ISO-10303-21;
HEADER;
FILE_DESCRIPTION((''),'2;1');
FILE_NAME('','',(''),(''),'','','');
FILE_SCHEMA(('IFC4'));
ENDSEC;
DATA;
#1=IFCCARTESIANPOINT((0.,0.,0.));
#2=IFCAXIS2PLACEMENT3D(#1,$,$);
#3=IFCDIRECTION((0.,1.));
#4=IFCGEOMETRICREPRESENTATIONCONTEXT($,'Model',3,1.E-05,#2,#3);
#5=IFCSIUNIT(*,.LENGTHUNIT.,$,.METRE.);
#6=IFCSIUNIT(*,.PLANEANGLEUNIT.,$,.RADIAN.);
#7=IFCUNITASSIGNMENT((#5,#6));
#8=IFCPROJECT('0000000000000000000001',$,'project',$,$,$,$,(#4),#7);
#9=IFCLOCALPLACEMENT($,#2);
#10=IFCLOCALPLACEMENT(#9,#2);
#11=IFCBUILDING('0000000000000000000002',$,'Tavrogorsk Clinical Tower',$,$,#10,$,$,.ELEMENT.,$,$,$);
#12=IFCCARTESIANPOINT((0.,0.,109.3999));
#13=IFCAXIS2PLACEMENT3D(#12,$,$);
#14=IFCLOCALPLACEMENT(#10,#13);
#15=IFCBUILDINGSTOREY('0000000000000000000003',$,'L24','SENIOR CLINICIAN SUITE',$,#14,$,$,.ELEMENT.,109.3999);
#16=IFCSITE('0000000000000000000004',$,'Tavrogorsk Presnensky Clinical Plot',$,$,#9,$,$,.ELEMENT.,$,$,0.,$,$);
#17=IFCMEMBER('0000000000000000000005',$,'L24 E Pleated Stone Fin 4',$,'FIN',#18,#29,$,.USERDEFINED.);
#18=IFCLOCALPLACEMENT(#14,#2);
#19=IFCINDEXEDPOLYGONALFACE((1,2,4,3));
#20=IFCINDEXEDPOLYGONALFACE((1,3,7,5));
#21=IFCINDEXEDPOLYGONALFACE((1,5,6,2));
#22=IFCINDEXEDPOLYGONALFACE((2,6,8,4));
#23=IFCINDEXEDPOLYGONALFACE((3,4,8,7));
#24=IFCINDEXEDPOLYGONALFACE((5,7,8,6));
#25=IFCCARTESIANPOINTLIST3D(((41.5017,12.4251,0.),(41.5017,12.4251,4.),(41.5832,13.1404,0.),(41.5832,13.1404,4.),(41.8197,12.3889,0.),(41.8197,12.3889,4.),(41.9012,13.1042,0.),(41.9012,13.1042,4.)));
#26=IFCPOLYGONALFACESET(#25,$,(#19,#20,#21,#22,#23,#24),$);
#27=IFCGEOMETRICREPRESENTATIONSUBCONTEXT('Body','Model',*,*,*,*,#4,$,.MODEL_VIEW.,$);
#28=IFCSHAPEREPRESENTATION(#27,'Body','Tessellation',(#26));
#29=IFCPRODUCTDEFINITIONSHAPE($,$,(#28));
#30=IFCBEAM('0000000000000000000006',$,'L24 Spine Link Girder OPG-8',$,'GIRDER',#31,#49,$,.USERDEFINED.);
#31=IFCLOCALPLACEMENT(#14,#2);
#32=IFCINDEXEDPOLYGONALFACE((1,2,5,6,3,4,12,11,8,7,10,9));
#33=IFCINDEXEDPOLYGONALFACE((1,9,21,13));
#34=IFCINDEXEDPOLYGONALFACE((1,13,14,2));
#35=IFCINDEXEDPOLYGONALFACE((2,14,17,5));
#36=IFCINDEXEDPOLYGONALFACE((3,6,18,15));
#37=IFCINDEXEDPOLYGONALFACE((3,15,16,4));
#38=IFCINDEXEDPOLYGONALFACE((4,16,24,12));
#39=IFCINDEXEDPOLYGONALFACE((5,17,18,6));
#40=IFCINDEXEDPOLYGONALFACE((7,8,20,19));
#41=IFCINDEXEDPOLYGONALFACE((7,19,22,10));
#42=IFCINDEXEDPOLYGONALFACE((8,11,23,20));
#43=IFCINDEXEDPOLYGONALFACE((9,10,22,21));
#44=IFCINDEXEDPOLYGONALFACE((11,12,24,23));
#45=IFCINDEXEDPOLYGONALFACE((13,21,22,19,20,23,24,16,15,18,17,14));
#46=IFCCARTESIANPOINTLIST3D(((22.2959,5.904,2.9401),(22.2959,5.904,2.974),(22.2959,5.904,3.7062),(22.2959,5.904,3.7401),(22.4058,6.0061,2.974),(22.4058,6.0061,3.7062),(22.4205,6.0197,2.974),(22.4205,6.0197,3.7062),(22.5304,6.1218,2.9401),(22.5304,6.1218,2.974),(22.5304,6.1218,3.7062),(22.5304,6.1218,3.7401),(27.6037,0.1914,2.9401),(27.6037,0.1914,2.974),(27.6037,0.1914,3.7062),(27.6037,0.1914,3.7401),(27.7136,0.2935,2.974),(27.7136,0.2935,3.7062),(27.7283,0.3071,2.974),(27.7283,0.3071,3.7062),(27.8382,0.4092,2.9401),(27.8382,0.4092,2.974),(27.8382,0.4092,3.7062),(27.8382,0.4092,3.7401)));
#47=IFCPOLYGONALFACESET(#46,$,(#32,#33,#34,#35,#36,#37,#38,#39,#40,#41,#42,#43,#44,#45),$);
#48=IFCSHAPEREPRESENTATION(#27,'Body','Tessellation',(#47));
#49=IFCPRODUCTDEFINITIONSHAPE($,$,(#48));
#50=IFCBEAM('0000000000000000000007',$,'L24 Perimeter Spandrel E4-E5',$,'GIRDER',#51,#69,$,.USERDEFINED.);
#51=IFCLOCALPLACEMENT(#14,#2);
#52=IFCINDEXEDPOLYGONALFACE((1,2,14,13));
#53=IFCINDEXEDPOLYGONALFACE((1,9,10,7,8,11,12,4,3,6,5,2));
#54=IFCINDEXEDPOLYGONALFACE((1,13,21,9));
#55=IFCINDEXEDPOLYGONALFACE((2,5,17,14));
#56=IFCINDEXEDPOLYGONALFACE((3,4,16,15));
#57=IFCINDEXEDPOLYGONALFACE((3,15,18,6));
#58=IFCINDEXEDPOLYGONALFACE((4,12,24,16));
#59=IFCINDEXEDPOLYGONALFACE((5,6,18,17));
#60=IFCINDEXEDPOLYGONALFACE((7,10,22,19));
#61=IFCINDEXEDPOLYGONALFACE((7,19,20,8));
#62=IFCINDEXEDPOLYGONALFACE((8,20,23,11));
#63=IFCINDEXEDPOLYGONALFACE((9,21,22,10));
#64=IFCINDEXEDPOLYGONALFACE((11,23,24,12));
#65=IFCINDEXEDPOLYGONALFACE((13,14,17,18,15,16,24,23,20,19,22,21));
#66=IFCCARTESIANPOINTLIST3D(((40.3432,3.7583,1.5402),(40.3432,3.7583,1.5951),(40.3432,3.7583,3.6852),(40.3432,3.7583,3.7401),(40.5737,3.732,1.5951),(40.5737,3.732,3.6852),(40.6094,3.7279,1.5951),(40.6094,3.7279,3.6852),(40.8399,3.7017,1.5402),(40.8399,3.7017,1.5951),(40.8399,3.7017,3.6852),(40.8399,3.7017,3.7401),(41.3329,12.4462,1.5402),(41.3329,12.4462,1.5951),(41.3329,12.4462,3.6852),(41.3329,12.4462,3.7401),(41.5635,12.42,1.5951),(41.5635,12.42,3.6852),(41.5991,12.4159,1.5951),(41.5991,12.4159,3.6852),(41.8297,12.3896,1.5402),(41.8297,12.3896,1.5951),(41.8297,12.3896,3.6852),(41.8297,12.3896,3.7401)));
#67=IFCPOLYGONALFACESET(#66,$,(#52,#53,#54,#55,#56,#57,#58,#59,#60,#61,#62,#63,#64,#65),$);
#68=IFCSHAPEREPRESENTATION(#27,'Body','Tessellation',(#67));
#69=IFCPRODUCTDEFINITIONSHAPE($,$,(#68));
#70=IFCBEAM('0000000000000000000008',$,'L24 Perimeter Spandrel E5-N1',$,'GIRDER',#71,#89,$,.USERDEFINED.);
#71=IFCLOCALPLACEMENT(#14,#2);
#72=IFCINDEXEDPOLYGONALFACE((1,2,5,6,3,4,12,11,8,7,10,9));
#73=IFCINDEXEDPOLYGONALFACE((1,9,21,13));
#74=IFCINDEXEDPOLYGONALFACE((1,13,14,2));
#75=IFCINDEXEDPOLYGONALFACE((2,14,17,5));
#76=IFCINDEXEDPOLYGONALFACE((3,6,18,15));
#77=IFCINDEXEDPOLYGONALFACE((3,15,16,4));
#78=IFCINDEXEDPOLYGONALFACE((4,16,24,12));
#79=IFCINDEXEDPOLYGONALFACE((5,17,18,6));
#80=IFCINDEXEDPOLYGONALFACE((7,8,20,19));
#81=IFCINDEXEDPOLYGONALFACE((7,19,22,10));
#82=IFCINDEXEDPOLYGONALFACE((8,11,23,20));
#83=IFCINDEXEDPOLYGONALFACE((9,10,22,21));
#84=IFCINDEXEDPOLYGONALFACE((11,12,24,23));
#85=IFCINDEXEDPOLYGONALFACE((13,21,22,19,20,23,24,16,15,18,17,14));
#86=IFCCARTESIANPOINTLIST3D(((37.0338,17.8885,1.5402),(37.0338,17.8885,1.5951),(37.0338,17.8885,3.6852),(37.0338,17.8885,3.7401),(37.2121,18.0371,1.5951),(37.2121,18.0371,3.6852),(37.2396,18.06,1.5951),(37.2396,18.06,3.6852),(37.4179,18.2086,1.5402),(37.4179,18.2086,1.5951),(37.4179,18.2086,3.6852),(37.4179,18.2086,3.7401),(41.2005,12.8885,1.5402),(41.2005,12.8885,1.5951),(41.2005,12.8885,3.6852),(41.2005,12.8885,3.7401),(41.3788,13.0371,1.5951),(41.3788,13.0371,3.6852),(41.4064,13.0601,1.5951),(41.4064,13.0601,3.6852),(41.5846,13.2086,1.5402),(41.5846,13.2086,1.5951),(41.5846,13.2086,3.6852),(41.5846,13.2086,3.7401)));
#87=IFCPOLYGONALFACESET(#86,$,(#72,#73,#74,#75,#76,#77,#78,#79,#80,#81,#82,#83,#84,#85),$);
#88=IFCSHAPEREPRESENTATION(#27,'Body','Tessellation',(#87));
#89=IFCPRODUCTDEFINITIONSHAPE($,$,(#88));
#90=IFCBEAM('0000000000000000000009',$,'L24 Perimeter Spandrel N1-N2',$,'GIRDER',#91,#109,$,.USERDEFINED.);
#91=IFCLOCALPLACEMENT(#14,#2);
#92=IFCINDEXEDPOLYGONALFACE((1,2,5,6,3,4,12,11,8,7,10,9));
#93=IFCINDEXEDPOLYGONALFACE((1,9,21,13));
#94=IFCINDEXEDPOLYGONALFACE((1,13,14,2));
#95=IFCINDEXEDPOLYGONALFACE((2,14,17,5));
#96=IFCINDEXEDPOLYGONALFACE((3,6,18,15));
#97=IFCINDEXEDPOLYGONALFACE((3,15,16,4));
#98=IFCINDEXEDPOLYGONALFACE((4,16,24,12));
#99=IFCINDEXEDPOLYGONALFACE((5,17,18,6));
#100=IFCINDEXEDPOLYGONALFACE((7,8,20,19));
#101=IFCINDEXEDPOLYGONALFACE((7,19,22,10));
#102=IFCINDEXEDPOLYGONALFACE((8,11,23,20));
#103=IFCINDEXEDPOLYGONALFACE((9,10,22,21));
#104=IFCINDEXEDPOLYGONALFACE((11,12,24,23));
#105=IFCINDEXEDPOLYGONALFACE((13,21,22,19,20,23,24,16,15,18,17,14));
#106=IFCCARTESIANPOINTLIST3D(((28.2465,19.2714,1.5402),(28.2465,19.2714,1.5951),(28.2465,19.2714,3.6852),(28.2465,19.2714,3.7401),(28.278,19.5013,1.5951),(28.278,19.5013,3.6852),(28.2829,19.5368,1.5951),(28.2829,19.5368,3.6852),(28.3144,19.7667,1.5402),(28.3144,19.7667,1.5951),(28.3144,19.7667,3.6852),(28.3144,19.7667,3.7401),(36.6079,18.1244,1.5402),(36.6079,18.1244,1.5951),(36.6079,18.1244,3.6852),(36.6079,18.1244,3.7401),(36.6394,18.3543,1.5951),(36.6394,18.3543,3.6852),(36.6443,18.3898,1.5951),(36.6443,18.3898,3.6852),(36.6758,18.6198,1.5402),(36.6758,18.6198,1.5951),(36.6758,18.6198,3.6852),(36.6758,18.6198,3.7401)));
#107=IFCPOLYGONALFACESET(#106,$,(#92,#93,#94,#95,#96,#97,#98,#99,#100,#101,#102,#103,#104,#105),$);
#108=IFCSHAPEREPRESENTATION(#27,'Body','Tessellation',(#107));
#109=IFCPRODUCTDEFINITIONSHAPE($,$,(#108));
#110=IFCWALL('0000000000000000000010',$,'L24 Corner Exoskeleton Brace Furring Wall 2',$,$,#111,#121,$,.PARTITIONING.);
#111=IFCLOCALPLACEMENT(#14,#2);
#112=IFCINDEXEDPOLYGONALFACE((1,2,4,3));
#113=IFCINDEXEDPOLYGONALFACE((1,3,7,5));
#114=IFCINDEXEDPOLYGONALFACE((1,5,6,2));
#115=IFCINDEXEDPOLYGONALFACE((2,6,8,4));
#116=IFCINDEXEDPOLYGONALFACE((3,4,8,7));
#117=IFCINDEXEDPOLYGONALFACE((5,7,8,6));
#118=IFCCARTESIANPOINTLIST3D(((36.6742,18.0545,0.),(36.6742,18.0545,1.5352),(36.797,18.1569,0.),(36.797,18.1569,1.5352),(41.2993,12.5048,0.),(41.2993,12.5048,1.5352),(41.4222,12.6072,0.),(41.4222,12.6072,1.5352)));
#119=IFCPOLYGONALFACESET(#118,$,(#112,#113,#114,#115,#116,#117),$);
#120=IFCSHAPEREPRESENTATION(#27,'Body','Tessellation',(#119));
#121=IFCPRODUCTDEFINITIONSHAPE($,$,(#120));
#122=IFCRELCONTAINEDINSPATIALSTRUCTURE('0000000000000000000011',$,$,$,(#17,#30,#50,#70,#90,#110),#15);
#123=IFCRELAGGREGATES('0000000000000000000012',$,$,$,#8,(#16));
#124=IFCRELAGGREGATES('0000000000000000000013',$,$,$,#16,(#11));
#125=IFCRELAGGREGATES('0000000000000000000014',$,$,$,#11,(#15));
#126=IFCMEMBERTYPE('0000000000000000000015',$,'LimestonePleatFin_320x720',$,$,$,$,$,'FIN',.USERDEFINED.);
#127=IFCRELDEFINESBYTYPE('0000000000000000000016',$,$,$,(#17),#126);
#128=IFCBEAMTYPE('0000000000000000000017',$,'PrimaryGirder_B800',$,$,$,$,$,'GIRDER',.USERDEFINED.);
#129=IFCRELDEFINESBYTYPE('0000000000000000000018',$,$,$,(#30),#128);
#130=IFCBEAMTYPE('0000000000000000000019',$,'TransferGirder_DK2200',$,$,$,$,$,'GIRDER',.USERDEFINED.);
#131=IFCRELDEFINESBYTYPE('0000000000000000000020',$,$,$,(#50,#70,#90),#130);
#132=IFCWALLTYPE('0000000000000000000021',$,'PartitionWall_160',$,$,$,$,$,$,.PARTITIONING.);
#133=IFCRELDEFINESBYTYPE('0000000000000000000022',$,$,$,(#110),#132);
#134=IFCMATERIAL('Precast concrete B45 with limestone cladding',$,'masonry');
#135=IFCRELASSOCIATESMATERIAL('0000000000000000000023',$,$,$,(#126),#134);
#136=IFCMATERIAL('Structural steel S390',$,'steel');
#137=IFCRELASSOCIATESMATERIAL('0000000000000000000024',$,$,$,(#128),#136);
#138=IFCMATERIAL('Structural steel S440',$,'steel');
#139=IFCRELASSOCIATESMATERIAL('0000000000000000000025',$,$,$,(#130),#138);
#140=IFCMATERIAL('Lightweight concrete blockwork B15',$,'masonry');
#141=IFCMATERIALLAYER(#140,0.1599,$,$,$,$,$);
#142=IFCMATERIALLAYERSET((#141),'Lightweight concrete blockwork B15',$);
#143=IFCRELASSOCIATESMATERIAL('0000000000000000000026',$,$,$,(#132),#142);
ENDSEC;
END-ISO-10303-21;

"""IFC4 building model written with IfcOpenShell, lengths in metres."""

from ifc_helpers import new_model, si_unit, direction, frame, frame_2d, origin, origin_2d, place, context, subcontext, project, spatial, rectangle, i_section, extrude, material, layer, layer_set, material_profile, profile_set, type_object, element, save


model = new_model("IFC4")

# Units and contexts
model_context = context("Model", 3, precision=1e-05, world=origin(), true_north=direction((0.0, 1.0)))
body_context = subcontext(model_context, "Body", "Model", "MODEL_VIEW")
ifc_project = project(units=[si_unit("LENGTHUNIT", "METRE"), si_unit("PLANEANGLEUNIT", "RADIAN")], contexts=[model_context])

# Site, building, storey
site_placement = place(None, origin())
site = spatial("IfcSite", under=ifc_project, at=site_placement, Name="Tavrogorsk Presnensky Clinical Plot", CompositionType="ELEMENT", RefElevation=0.0)
building_placement = place(site_placement, origin())
building = spatial("IfcBuilding", under=site, at=building_placement, Name="Tavrogorsk Clinical Tower", CompositionType="ELEMENT")
storey_placement = place(building_placement, frame((0.0, 0.0, 109.3999)))
storey = spatial("IfcBuildingStorey", under=building, at=storey_placement, Name="L24", Description="SENIOR CLINICIAN SUITE", CompositionType="ELEMENT", Elevation=109.3999)

# Member
ifc_material_1 = material(Name="Precast concrete B45 with limestone cladding", Category="masonry")
ifc_material_profile_1 = material_profile(ifc_material_1, rectangle(XDim=0.3201, YDim=0.72, at=origin_2d()), Name="LIMESTONE-FIN-320x720")
ifc_profile_set_1 = profile_set([ifc_material_profile_1], Name="Precast concrete B45 with limestone cladding")
member_type_1 = type_object("IfcMemberType", Name="LimestonePleatFin_320x720", ElementType="FIN", PredefinedType="USERDEFINED", material=ifc_profile_set_1)
for number, where, z_axis, x_axis, name in (
    (1, (41.7014, 12.7646, 0.0), (0.0, 0.0, 1.0), (0.993572, -0.113203, 0.0), "L24 E Pleated Stone Fin 4"),
):
    element("IfcMember", number, at=place(storey_placement, frame(where, z_axis=z_axis, x_axis=x_axis)), inside=storey, type_object=member_type_1, Name=name, ObjectType="FIN", PredefinedType="USERDEFINED", context=body_context, shape_type="SweptSolid", body=[
        extrude(rectangle(XDim=0.3201, YDim=0.72, at=origin_2d()), origin(), (0.0, 0.0, 1.0), 4.0),
    ])

# Beams
ifc_material_2 = material(Name="Structural steel S390", Category="steel")
ifc_material_profile_2 = material_profile(ifc_material_2, i_section(OverallWidth=0.3201, OverallDepth=0.8, WebThickness=0.02, FlangeThickness=0.0339, at=origin_2d()), Name="B-800x320x20x34")
ifc_profile_set_2 = profile_set([ifc_material_profile_2], Name="Structural steel S390")
beam_type_1 = type_object("IfcBeamType", Name="PrimaryGirder_B800", ElementType="GIRDER", PredefinedType="USERDEFINED", material=ifc_profile_set_2)
beam_1_placement = place(storey_placement, frame((27.7209, 0.3003, 3.3401), z_axis=(-0.680676, 0.732585, 0.0), x_axis=(-0.732585, -0.680676, 0.0)))
element("IfcBeam", 2, at=beam_1_placement, inside=storey, type_object=beam_type_1, Name="L24 Spine Link Girder OPG-8", ObjectType="GIRDER", PredefinedType="USERDEFINED", context=body_context, shape_type="SweptSolid", body=[
    extrude(i_section(OverallWidth=0.3201, OverallDepth=0.8, WebThickness=0.02, FlangeThickness=0.0339, at=origin_2d()), origin(), (0.0, 0.0, 1.0), 7.7979),
])
ifc_material_3 = material(Name="Structural steel S440", Category="steel")
ifc_material_profile_3 = material_profile(ifc_material_3, i_section(OverallWidth=0.5, OverallDepth=2.2, WebThickness=0.0359, FlangeThickness=0.0549, at=origin_2d()), Name="DK-2200x500x36x55")
ifc_profile_set_3 = profile_set([ifc_material_profile_3], Name="Structural steel S440")
beam_type_2 = type_object("IfcBeamType", Name="TransferGirder_DK2200", ElementType="GIRDER", PredefinedType="USERDEFINED", material=ifc_profile_set_3)
beam_2_placement = place(storey_placement, frame((40.5916, 3.73, 2.6401), z_axis=(0.113189, 0.993573, 0.0), x_axis=(-0.993573, 0.113189, 0.0)))
element("IfcBeam", 3, at=beam_2_placement, inside=storey, type_object=beam_type_2, Name="L24 Perimeter Spandrel E4-E5", ObjectType="GIRDER", PredefinedType="USERDEFINED", context=body_context, shape_type="SweptSolid", body=[
    extrude(i_section(OverallWidth=0.5, OverallDepth=2.2, WebThickness=0.0359, FlangeThickness=0.0549, at=origin_2d()), origin(), (0.0, 0.0, 1.0), 8.7441),
])
beam_3_placement = place(storey_placement, frame((41.3926, 13.0486, 2.6401), z_axis=(-0.640192, 0.768215, 0.0), x_axis=(-0.768215, -0.640192, 0.0)))
element("IfcBeam", 4, at=beam_3_placement, inside=storey, type_object=beam_type_2, Name="L24 Perimeter Spandrel E5-N1", ObjectType="GIRDER", PredefinedType="USERDEFINED", context=body_context, shape_type="SweptSolid", body=[
    extrude(i_section(OverallWidth=0.5, OverallDepth=2.2, WebThickness=0.0359, FlangeThickness=0.0549, at=origin_2d()), origin(), (0.0, 0.0, 1.0), 6.5085),
])
beam_4_placement = place(storey_placement, frame((36.6418, 18.3721, 2.6401), z_axis=(-0.990722, 0.135903, 0.0), x_axis=(-0.135903, -0.990722, 0.0)))
element("IfcBeam", 5, at=beam_4_placement, inside=storey, type_object=beam_type_2, Name="L24 Perimeter Spandrel N1-N2", ObjectType="GIRDER", PredefinedType="USERDEFINED", context=body_context, shape_type="SweptSolid", body=[
    extrude(i_section(OverallWidth=0.5, OverallDepth=2.2, WebThickness=0.0359, FlangeThickness=0.0549, at=origin_2d()), origin(), (0.0, 0.0, 1.0), 8.4397),
])

# Wall
ifc_material_4 = material(Name="Lightweight concrete blockwork B15", Category="masonry")
ifc_layer_1 = layer(ifc_material_4, 0.1599)
ifc_layer_set_1 = layer_set([ifc_layer_1], Name="Lightweight concrete blockwork B15")
wall_type_1 = type_object("IfcWallType", Name="PartitionWall_160", PredefinedType="PARTITIONING", material=ifc_layer_set_1)
wall_1_placement = place(storey_placement, frame((41.3608, 12.5559, 0.0), z_axis=(0.0, 0.0, 1.0), x_axis=(-0.640218, 0.768194, 0.0)))
element("IfcWall", 6, at=wall_1_placement, inside=storey, type_object=wall_type_1, Name="L24 Corner Exoskeleton Brace Furring Wall 2", PredefinedType="PARTITIONING", context=body_context, shape_type="SweptSolid", body=[
    extrude(rectangle(XDim=7.2244, YDim=0.1599, at=frame_2d((3.6123, 0.0))), origin(), (0.0, 0.0, 1.0), 1.5352),
])

save(model, "model.ifc")
